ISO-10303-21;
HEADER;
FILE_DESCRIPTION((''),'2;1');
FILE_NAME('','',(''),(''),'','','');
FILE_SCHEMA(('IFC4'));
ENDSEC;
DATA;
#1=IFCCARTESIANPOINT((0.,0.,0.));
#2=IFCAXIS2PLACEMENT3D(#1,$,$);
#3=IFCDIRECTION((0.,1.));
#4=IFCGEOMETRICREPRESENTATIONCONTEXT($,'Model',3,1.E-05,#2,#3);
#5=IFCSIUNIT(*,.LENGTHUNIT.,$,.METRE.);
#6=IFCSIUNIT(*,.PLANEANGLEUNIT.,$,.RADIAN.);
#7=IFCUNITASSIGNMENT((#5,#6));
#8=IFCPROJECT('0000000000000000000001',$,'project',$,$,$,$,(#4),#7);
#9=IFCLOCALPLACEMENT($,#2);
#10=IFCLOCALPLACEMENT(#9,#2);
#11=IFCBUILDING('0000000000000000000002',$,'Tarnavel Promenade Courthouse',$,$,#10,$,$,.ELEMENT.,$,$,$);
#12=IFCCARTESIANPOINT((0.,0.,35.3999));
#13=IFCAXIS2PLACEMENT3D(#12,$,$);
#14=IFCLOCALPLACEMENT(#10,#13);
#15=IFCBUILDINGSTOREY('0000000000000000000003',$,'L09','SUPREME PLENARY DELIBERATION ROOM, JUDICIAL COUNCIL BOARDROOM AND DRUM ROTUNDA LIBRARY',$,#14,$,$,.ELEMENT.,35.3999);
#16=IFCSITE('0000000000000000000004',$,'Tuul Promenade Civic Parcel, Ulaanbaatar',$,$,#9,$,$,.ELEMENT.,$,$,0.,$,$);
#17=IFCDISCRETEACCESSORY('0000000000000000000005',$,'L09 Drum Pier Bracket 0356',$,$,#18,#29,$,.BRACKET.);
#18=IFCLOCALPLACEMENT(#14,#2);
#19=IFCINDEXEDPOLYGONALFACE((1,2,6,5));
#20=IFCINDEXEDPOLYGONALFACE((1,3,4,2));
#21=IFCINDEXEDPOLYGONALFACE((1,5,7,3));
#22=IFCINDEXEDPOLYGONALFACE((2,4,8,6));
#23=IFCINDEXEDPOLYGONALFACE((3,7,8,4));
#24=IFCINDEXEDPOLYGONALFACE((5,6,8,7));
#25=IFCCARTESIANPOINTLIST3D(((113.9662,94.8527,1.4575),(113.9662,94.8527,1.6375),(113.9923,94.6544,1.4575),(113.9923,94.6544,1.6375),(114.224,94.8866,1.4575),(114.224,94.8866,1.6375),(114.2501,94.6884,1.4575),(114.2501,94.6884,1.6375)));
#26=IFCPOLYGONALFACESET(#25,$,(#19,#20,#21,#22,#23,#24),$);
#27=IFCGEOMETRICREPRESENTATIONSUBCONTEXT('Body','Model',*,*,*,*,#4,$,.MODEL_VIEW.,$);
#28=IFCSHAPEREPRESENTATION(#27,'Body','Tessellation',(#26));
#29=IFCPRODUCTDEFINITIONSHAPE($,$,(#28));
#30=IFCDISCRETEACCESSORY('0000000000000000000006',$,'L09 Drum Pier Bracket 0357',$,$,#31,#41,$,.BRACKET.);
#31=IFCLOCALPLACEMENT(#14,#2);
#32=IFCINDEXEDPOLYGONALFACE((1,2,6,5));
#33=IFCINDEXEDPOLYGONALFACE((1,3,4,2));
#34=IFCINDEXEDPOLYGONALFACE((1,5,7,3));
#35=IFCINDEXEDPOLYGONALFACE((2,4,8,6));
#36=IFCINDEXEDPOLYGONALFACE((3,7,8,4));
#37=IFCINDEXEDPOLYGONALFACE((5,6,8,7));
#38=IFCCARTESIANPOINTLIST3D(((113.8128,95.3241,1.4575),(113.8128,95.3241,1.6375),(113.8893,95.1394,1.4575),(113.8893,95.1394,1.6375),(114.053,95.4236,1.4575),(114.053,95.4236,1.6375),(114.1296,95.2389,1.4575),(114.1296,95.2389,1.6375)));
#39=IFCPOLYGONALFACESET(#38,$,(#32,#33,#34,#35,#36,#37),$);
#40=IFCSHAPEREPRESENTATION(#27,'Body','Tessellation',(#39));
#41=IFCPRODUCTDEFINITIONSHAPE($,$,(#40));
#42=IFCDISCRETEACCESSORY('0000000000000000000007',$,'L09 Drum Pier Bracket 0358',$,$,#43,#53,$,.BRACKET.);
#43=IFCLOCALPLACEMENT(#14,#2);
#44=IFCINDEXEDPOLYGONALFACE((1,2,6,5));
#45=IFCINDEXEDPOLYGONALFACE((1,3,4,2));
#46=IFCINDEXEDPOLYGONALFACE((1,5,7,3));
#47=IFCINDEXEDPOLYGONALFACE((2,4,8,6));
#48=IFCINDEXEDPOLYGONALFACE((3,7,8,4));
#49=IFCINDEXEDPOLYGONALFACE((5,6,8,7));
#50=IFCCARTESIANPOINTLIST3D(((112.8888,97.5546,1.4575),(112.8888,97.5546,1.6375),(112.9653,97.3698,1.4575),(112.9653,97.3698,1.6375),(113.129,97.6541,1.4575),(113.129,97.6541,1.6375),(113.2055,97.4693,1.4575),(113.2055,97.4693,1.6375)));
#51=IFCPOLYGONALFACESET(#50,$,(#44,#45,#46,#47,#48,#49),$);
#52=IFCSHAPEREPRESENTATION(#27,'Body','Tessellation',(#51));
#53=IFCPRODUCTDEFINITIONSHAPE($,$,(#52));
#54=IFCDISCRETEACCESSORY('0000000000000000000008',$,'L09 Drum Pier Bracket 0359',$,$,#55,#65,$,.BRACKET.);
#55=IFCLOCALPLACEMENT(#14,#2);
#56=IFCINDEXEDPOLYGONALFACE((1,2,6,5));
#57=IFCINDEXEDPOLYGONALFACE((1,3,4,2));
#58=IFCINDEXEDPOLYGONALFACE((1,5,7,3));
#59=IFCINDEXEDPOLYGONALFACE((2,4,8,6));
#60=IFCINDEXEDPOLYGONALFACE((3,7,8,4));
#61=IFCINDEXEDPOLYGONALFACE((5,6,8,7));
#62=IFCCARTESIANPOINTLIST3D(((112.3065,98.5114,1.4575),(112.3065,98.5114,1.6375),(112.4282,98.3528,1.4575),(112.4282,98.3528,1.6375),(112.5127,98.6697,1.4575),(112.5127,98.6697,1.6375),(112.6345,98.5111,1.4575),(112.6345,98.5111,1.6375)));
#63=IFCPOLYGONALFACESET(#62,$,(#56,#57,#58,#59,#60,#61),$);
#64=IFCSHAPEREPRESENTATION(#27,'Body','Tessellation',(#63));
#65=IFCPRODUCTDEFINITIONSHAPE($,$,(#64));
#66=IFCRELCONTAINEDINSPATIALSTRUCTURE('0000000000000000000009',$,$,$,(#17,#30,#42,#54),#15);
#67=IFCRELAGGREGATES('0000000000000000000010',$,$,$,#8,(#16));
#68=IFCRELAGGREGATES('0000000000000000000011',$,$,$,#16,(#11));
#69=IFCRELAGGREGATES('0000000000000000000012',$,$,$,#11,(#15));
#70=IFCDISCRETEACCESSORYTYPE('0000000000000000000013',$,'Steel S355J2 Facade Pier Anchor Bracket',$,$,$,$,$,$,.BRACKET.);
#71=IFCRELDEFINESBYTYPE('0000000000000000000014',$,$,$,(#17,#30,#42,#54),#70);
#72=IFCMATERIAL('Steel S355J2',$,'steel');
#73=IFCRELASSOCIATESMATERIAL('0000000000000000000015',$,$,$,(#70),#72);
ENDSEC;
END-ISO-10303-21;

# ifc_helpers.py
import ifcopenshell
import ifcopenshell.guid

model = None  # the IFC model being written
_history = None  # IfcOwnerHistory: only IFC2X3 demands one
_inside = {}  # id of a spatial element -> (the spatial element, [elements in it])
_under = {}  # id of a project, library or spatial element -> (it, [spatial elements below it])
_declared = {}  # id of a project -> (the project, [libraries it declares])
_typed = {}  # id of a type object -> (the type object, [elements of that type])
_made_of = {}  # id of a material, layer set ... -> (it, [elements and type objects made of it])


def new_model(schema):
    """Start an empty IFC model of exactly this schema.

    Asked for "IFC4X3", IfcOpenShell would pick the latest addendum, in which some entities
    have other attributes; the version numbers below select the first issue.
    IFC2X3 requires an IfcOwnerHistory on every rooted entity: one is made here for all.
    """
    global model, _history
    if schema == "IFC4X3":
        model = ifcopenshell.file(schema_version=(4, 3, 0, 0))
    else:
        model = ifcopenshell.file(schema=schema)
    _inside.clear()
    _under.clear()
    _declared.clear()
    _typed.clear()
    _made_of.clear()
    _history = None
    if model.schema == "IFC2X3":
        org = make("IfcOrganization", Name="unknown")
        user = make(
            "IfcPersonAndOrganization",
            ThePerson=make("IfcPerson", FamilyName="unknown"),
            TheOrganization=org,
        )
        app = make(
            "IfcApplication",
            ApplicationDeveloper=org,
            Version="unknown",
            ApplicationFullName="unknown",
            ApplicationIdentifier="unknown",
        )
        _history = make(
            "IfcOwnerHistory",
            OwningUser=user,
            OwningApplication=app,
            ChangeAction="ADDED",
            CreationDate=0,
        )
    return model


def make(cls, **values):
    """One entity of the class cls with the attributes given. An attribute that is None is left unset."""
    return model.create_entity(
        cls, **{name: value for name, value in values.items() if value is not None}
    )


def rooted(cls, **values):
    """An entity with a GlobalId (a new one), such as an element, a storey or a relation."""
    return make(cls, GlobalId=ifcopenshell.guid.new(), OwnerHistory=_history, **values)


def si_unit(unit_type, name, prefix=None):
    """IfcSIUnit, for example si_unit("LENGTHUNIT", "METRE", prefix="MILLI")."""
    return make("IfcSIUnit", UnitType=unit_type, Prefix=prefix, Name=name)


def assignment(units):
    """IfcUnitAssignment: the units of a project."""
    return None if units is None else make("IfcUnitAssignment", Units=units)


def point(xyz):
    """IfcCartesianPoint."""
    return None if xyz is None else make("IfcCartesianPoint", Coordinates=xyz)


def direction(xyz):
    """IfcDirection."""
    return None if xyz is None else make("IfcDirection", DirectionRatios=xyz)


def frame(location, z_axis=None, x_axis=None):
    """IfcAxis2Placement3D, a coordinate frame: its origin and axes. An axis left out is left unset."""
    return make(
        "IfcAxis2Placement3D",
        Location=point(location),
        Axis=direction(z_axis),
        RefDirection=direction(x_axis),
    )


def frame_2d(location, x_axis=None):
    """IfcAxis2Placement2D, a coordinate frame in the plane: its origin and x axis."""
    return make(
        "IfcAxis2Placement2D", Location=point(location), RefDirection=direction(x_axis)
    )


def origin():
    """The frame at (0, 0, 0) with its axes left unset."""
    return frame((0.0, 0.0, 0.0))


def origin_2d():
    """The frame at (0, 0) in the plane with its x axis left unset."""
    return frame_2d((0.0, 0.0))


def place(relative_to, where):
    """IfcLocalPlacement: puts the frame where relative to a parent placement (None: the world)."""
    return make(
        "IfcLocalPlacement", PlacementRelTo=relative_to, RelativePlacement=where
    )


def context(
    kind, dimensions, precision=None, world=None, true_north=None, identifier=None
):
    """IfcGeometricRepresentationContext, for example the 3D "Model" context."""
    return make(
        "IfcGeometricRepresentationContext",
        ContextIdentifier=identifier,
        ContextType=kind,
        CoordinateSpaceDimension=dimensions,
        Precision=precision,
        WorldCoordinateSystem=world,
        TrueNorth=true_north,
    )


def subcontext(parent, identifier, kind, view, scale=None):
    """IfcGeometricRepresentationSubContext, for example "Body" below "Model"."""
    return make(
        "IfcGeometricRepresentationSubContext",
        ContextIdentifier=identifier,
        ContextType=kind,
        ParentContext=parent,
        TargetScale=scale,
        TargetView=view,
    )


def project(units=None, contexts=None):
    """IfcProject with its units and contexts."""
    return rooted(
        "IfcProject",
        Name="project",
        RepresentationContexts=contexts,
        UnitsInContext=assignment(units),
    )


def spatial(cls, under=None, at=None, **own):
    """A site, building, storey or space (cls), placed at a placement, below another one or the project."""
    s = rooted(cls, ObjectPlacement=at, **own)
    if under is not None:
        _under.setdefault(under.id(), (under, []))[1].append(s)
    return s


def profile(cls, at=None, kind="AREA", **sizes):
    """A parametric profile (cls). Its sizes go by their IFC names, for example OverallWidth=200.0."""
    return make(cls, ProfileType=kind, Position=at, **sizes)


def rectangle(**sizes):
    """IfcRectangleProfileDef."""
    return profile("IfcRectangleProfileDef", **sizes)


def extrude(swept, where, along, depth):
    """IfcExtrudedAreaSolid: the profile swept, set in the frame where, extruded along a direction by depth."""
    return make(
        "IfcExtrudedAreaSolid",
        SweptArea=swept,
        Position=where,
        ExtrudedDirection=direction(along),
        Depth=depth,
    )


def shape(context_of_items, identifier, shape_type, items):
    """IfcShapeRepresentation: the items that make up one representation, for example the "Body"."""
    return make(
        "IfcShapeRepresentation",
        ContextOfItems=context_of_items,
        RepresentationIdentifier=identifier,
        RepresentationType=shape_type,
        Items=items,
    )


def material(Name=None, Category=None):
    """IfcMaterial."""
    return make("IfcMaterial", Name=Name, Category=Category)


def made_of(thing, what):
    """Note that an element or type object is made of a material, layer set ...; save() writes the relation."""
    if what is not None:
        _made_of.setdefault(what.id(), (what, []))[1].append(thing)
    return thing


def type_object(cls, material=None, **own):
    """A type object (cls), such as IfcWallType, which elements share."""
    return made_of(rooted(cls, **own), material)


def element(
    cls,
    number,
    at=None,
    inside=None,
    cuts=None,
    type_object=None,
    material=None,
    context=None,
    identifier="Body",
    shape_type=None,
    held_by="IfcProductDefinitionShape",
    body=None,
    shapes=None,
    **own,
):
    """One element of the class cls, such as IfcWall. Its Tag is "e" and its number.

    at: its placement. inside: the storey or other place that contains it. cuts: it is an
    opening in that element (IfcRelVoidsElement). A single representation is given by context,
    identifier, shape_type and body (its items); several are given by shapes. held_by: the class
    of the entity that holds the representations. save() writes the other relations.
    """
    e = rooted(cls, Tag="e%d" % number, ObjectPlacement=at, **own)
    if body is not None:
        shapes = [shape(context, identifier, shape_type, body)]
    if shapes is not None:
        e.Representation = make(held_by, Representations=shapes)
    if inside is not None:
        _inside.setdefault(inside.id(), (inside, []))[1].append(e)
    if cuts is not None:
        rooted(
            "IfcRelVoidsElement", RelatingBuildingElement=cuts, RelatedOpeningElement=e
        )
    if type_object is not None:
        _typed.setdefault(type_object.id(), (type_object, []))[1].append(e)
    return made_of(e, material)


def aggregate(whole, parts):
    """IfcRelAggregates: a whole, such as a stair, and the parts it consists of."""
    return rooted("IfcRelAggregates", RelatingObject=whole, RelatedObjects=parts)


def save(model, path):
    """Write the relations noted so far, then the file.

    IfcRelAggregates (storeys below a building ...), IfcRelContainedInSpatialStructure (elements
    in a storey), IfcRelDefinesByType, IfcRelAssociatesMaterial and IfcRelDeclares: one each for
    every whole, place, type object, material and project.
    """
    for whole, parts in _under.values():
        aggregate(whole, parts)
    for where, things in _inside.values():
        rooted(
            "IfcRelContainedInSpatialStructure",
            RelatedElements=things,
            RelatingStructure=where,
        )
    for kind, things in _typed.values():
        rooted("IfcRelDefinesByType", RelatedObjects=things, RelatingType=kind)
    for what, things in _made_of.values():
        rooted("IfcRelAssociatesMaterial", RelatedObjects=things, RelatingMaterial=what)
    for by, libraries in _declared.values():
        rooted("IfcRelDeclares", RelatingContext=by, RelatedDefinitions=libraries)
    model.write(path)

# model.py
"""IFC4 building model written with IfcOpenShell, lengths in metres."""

from ifc_helpers import new_model, si_unit, direction, frame, origin, origin_2d, place, context, subcontext, project, spatial, rectangle, extrude, material, type_object, element, save


model = new_model("IFC4")

# Units and contexts
model_context = context("Model", 3, precision=1e-05, world=origin(), true_north=direction((0.0, 1.0)))
body_context = subcontext(model_context, "Body", "Model", "MODEL_VIEW")
ifc_project = project(units=[si_unit("LENGTHUNIT", "METRE"), si_unit("PLANEANGLEUNIT", "RADIAN")], contexts=[model_context])

# Site, building, storey
site_placement = place(None, origin())
site = spatial("IfcSite", under=ifc_project, at=site_placement, Name="Tuul Promenade Civic Parcel, Ulaanbaatar", CompositionType="ELEMENT", RefElevation=0.0)
building_placement = place(site_placement, origin())
building = spatial("IfcBuilding", under=site, at=building_placement, Name="Tarnavel Promenade Courthouse", CompositionType="ELEMENT")
storey_placement = place(building_placement, frame((0.0, 0.0, 35.3999)))
storey = spatial("IfcBuildingStorey", under=building, at=storey_placement, Name="L09", Description="SUPREME PLENARY DELIBERATION ROOM, JUDICIAL COUNCIL BOARDROOM AND DRUM ROTUNDA LIBRARY", CompositionType="ELEMENT", Elevation=35.3999)

# Shared definitions
ifc_material_1 = material(Name="Steel S355J2", Category="steel")

# Discrete accessories
discrete_accessory_type = type_object("IfcDiscreteAccessoryType", Name="Steel S355J2 Facade Pier Anchor Bracket", PredefinedType="BRACKET", material=ifc_material_1)
for number, where, z_axis, x_axis, name in (
    (1, (114.1082, 94.7705, 1.4575), (0.0, 0.0, 1.0), (-0.130526, 0.991445, 0.0), "L09 Drum Pier Bracket 0356"),
    (2, (113.9712, 95.2815, 1.4575), (0.0, 0.0, 1.0), (-0.382683, 0.92388, 0.0), "L09 Drum Pier Bracket 0357"),
    (3, (113.0471, 97.512, 1.4575), (0.0, 0.0, 1.0), (-0.382683, 0.92388, 0.0), "L09 Drum Pier Bracket 0358"),
    (4, (112.4705, 98.5112, 1.4575), (0.0, 0.0, 1.0), (-0.608761, 0.793353, 0.0), "L09 Drum Pier Bracket 0359"),
):
    element("IfcDiscreteAccessory", number, at=place(storey_placement, frame(where, z_axis=z_axis, x_axis=x_axis)), inside=storey, type_object=discrete_accessory_type, Name=name, PredefinedType="BRACKET", context=body_context, shape_type="SweptSolid", body=[
        extrude(rectangle(XDim=0.2, YDim=0.26, at=origin_2d()), origin(), (0.0, 0.0, 1.0), 0.1799),
    ])

save(model, "model.ifc")
